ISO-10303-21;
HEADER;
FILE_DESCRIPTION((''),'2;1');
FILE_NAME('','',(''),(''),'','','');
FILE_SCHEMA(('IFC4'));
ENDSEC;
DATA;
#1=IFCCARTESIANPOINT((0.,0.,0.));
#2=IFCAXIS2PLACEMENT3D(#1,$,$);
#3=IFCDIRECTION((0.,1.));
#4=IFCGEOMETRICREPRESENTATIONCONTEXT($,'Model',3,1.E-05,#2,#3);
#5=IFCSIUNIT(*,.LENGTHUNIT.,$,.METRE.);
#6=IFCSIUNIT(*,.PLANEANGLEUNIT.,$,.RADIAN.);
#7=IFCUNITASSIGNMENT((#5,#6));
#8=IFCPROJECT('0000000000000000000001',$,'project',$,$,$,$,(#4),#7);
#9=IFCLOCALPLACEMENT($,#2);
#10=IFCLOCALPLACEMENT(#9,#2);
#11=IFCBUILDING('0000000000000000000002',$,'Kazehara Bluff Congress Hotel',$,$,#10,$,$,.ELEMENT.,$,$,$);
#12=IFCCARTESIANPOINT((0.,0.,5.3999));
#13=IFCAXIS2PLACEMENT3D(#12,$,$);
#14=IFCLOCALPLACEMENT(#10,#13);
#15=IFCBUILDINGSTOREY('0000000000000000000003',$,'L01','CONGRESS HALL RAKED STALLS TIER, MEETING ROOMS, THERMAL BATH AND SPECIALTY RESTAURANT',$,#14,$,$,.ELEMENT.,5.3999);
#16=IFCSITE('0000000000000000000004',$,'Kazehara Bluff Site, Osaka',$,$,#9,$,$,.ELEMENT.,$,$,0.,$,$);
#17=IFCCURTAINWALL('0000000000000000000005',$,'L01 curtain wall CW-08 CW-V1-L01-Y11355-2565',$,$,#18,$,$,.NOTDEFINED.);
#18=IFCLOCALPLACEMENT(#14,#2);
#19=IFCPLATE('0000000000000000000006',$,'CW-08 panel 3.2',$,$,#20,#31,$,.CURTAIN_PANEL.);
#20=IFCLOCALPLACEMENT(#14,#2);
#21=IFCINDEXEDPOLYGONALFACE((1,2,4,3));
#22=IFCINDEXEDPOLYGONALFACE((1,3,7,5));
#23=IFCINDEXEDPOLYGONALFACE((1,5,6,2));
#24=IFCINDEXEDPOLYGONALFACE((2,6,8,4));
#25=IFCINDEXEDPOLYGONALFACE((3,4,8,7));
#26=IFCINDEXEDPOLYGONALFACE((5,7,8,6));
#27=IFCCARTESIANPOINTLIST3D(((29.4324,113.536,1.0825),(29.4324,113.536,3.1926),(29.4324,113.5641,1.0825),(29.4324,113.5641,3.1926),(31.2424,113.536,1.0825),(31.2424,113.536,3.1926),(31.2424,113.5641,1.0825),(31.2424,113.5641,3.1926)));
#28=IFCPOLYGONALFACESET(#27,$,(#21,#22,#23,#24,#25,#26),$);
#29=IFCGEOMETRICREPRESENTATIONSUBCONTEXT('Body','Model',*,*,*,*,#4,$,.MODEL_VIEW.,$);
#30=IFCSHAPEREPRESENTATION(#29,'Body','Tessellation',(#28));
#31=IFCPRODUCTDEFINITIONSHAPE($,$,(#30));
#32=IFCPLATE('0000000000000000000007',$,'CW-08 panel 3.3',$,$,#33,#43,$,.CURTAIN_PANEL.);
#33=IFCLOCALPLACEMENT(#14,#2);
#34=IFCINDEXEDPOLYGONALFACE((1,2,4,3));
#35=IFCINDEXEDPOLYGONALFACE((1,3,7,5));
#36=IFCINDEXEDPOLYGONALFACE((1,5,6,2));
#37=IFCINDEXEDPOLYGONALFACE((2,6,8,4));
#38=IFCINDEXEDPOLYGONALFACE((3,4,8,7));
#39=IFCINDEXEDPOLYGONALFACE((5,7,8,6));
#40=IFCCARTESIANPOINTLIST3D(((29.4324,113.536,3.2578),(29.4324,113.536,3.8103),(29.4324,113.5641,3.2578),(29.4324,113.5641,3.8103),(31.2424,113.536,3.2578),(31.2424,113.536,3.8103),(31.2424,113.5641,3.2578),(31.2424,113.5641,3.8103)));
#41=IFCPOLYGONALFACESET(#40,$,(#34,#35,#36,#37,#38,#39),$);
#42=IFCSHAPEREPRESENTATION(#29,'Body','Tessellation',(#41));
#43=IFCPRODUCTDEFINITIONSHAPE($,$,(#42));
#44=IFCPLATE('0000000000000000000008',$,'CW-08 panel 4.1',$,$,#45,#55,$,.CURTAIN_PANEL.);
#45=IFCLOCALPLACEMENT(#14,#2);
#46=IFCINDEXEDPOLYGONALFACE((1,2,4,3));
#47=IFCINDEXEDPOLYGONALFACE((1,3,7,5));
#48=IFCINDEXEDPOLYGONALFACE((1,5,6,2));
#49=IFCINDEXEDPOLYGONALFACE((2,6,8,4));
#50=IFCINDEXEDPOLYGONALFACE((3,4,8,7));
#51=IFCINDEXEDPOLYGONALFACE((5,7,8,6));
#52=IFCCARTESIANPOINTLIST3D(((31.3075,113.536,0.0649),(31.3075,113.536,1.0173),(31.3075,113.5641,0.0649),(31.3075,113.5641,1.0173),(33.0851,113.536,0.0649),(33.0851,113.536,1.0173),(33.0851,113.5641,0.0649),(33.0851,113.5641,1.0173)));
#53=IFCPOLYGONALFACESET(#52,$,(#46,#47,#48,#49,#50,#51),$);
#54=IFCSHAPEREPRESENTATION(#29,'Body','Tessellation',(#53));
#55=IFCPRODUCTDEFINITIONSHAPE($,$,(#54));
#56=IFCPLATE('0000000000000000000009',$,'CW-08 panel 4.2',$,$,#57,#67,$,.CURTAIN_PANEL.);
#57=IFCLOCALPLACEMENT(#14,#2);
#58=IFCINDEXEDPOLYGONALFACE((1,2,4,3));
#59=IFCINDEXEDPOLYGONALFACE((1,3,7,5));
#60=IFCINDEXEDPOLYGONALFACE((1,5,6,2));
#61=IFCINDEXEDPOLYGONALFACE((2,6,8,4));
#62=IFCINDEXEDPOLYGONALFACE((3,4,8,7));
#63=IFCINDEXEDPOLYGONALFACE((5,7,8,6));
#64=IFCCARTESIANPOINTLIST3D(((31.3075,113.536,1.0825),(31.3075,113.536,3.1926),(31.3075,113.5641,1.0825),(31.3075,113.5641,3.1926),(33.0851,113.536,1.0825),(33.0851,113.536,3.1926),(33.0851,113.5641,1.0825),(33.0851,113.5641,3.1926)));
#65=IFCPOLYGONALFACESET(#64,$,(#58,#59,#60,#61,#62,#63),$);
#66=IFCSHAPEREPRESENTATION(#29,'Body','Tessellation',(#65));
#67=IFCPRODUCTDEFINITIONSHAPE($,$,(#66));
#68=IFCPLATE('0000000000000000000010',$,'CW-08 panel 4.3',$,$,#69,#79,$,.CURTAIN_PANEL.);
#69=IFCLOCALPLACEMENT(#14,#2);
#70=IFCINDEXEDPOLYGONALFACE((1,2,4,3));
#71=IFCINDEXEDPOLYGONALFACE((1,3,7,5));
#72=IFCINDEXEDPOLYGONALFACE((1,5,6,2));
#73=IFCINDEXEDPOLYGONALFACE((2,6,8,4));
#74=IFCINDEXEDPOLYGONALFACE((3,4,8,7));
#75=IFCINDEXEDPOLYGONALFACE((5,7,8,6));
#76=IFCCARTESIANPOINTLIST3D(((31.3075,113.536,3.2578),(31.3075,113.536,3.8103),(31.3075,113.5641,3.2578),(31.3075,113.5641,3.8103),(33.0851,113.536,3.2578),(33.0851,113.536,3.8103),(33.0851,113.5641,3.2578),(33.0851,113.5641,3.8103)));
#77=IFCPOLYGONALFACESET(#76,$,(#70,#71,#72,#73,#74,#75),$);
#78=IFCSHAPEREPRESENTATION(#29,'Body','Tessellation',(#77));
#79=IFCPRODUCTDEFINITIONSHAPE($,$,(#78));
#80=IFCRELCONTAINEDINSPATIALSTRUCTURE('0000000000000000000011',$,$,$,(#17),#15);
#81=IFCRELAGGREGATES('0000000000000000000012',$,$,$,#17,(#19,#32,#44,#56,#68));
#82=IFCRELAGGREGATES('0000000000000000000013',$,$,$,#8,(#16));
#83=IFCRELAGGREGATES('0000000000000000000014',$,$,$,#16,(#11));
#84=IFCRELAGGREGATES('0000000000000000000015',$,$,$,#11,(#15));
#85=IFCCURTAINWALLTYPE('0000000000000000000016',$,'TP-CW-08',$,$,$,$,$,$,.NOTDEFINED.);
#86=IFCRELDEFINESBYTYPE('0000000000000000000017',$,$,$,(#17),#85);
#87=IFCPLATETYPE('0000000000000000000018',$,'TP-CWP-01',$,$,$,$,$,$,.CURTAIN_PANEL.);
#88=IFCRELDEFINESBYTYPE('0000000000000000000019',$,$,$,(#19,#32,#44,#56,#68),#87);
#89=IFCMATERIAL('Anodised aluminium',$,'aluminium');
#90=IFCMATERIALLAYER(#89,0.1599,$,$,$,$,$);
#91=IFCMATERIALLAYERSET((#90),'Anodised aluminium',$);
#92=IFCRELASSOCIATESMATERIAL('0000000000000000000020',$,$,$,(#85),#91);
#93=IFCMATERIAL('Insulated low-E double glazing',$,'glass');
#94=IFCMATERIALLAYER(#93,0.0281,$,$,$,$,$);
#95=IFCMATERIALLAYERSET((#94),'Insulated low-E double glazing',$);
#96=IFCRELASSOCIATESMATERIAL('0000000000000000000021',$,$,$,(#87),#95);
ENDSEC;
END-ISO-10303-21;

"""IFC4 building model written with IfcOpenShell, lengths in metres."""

from ifc_helpers import new_model, si_unit, direction, frame, origin, origin_2d, place, context, subcontext, project, spatial, rectangle, extrude, material, layer, layer_set, type_object, element, aggregate, save


model = new_model("IFC4")

# Units and contexts
model_context = context("Model", 3, precision=1e-05, world=origin(), true_north=direction((0.0, 1.0)))
body_context = subcontext(model_context, "Body", "Model", "MODEL_VIEW")
ifc_project = project(units=[si_unit("LENGTHUNIT", "METRE"), si_unit("PLANEANGLEUNIT", "RADIAN")], contexts=[model_context])

# Site, building, storey
site_placement = place(None, origin())
site = spatial("IfcSite", under=ifc_project, at=site_placement, Name="Kazehara Bluff Site, Osaka", CompositionType="ELEMENT", RefElevation=0.0)
building_placement = place(site_placement, origin())
building = spatial("IfcBuilding", under=site, at=building_placement, Name="Kazehara Bluff Congress Hotel", CompositionType="ELEMENT")
storey_placement = place(building_placement, frame((0.0, 0.0, 5.3999)))
storey = spatial("IfcBuildingStorey", under=building, at=storey_placement, Name="L01", Description="CONGRESS HALL RAKED STALLS TIER, MEETING ROOMS, THERMAL BATH AND SPECIALTY RESTAURANT", CompositionType="ELEMENT", Elevation=5.3999)

# Curtain wall
ifc_material_1 = material(Name="Anodised aluminium", Category="aluminium")
ifc_layer_1 = layer(ifc_material_1, 0.1599)
ifc_layer_set_1 = layer_set([ifc_layer_1], Name="Anodised aluminium")
curtain_wall_type = type_object("IfcCurtainWallType", Name="TP-CW-08", PredefinedType="NOTDEFINED", material=ifc_layer_set_1)
curtain_wall_1_placement = place(storey_placement, origin())
curtain_wall_1 = element("IfcCurtainWall", 1, at=curtain_wall_1_placement, inside=storey, type_object=curtain_wall_type, Name="L01 curtain wall CW-08 CW-V1-L01-Y11355-2565", PredefinedType="NOTDEFINED")

# Plates
ifc_material_2 = material(Name="Insulated low-E double glazing", Category="glass")
ifc_layer_2 = layer(ifc_material_2, 0.0281)
ifc_layer_set_2 = layer_set([ifc_layer_2], Name="Insulated low-E double glazing")
plate_type = type_object("IfcPlateType", Name="TP-CWP-01", PredefinedType="CURTAIN_PANEL", material=ifc_layer_set_2)
plate_1_placement = place(storey_placement, frame((30.3374, 113.55, 1.0825), z_axis=(0.0, 0.0, 1.0), x_axis=(1.0, 0.0, 0.0)))
plate_1 = element("IfcPlate", 2, at=plate_1_placement, type_object=plate_type, Name="CW-08 panel 3.2", PredefinedType="CURTAIN_PANEL", context=body_context, shape_type="SweptSolid", body=[
    extrude(rectangle(XDim=1.8101, YDim=0.0281, at=origin_2d()), origin(), (0.0, 0.0, 1.0), 2.1101),
])
plate_2_placement = place(storey_placement, frame((30.3374, 113.55, 3.2578), z_axis=(0.0, 0.0, 1.0), x_axis=(1.0, 0.0, 0.0)))
plate_2 = element("IfcPlate", 3, at=plate_2_placement, type_object=plate_type, Name="CW-08 panel 3.3", PredefinedType="CURTAIN_PANEL", context=body_context, shape_type="SweptSolid", body=[
    extrude(rectangle(XDim=1.8101, YDim=0.0281, at=origin_2d()), origin(), (0.0, 0.0, 1.0), 0.5525),
])
plate_3_placement = place(storey_placement, frame((32.1963, 113.55, 0.0649), z_axis=(0.0, 0.0, 1.0), x_axis=(1.0, 0.0, 0.0)))
plate_3 = element("IfcPlate", 4, at=plate_3_placement, type_object=plate_type, Name="CW-08 panel 4.1", PredefinedType="CURTAIN_PANEL", context=body_context, shape_type="SweptSolid", body=[
    extrude(rectangle(XDim=1.7776, YDim=0.0281, at=origin_2d()), origin(), (0.0, 0.0, 1.0), 0.9524),
])
plate_4_placement = place(storey_placement, frame((32.1963, 113.55, 1.0825), z_axis=(0.0, 0.0, 1.0), x_axis=(1.0, 0.0, 0.0)))
plate_4 = element("IfcPlate", 5, at=plate_4_placement, type_object=plate_type, Name="CW-08 panel 4.2", PredefinedType="CURTAIN_PANEL", context=body_context, shape_type="SweptSolid", body=[
    extrude(rectangle(XDim=1.7776, YDim=0.0281, at=origin_2d()), origin(), (0.0, 0.0, 1.0), 2.1101),
])
plate_5_placement = place(storey_placement, frame((32.1963, 113.55, 3.2578), z_axis=(0.0, 0.0, 1.0), x_axis=(1.0, 0.0, 0.0)))
plate_5 = element("IfcPlate", 6, at=plate_5_placement, type_object=plate_type, Name="CW-08 panel 4.3", PredefinedType="CURTAIN_PANEL", context=body_context, shape_type="SweptSolid", body=[
    extrude(rectangle(XDim=1.7776, YDim=0.0281, at=origin_2d()), origin(), (0.0, 0.0, 1.0), 0.5525),
])
aggregate(curtain_wall_1, [plate_1, plate_2, plate_3, plate_4, plate_5])

save(model, "model.ifc")
